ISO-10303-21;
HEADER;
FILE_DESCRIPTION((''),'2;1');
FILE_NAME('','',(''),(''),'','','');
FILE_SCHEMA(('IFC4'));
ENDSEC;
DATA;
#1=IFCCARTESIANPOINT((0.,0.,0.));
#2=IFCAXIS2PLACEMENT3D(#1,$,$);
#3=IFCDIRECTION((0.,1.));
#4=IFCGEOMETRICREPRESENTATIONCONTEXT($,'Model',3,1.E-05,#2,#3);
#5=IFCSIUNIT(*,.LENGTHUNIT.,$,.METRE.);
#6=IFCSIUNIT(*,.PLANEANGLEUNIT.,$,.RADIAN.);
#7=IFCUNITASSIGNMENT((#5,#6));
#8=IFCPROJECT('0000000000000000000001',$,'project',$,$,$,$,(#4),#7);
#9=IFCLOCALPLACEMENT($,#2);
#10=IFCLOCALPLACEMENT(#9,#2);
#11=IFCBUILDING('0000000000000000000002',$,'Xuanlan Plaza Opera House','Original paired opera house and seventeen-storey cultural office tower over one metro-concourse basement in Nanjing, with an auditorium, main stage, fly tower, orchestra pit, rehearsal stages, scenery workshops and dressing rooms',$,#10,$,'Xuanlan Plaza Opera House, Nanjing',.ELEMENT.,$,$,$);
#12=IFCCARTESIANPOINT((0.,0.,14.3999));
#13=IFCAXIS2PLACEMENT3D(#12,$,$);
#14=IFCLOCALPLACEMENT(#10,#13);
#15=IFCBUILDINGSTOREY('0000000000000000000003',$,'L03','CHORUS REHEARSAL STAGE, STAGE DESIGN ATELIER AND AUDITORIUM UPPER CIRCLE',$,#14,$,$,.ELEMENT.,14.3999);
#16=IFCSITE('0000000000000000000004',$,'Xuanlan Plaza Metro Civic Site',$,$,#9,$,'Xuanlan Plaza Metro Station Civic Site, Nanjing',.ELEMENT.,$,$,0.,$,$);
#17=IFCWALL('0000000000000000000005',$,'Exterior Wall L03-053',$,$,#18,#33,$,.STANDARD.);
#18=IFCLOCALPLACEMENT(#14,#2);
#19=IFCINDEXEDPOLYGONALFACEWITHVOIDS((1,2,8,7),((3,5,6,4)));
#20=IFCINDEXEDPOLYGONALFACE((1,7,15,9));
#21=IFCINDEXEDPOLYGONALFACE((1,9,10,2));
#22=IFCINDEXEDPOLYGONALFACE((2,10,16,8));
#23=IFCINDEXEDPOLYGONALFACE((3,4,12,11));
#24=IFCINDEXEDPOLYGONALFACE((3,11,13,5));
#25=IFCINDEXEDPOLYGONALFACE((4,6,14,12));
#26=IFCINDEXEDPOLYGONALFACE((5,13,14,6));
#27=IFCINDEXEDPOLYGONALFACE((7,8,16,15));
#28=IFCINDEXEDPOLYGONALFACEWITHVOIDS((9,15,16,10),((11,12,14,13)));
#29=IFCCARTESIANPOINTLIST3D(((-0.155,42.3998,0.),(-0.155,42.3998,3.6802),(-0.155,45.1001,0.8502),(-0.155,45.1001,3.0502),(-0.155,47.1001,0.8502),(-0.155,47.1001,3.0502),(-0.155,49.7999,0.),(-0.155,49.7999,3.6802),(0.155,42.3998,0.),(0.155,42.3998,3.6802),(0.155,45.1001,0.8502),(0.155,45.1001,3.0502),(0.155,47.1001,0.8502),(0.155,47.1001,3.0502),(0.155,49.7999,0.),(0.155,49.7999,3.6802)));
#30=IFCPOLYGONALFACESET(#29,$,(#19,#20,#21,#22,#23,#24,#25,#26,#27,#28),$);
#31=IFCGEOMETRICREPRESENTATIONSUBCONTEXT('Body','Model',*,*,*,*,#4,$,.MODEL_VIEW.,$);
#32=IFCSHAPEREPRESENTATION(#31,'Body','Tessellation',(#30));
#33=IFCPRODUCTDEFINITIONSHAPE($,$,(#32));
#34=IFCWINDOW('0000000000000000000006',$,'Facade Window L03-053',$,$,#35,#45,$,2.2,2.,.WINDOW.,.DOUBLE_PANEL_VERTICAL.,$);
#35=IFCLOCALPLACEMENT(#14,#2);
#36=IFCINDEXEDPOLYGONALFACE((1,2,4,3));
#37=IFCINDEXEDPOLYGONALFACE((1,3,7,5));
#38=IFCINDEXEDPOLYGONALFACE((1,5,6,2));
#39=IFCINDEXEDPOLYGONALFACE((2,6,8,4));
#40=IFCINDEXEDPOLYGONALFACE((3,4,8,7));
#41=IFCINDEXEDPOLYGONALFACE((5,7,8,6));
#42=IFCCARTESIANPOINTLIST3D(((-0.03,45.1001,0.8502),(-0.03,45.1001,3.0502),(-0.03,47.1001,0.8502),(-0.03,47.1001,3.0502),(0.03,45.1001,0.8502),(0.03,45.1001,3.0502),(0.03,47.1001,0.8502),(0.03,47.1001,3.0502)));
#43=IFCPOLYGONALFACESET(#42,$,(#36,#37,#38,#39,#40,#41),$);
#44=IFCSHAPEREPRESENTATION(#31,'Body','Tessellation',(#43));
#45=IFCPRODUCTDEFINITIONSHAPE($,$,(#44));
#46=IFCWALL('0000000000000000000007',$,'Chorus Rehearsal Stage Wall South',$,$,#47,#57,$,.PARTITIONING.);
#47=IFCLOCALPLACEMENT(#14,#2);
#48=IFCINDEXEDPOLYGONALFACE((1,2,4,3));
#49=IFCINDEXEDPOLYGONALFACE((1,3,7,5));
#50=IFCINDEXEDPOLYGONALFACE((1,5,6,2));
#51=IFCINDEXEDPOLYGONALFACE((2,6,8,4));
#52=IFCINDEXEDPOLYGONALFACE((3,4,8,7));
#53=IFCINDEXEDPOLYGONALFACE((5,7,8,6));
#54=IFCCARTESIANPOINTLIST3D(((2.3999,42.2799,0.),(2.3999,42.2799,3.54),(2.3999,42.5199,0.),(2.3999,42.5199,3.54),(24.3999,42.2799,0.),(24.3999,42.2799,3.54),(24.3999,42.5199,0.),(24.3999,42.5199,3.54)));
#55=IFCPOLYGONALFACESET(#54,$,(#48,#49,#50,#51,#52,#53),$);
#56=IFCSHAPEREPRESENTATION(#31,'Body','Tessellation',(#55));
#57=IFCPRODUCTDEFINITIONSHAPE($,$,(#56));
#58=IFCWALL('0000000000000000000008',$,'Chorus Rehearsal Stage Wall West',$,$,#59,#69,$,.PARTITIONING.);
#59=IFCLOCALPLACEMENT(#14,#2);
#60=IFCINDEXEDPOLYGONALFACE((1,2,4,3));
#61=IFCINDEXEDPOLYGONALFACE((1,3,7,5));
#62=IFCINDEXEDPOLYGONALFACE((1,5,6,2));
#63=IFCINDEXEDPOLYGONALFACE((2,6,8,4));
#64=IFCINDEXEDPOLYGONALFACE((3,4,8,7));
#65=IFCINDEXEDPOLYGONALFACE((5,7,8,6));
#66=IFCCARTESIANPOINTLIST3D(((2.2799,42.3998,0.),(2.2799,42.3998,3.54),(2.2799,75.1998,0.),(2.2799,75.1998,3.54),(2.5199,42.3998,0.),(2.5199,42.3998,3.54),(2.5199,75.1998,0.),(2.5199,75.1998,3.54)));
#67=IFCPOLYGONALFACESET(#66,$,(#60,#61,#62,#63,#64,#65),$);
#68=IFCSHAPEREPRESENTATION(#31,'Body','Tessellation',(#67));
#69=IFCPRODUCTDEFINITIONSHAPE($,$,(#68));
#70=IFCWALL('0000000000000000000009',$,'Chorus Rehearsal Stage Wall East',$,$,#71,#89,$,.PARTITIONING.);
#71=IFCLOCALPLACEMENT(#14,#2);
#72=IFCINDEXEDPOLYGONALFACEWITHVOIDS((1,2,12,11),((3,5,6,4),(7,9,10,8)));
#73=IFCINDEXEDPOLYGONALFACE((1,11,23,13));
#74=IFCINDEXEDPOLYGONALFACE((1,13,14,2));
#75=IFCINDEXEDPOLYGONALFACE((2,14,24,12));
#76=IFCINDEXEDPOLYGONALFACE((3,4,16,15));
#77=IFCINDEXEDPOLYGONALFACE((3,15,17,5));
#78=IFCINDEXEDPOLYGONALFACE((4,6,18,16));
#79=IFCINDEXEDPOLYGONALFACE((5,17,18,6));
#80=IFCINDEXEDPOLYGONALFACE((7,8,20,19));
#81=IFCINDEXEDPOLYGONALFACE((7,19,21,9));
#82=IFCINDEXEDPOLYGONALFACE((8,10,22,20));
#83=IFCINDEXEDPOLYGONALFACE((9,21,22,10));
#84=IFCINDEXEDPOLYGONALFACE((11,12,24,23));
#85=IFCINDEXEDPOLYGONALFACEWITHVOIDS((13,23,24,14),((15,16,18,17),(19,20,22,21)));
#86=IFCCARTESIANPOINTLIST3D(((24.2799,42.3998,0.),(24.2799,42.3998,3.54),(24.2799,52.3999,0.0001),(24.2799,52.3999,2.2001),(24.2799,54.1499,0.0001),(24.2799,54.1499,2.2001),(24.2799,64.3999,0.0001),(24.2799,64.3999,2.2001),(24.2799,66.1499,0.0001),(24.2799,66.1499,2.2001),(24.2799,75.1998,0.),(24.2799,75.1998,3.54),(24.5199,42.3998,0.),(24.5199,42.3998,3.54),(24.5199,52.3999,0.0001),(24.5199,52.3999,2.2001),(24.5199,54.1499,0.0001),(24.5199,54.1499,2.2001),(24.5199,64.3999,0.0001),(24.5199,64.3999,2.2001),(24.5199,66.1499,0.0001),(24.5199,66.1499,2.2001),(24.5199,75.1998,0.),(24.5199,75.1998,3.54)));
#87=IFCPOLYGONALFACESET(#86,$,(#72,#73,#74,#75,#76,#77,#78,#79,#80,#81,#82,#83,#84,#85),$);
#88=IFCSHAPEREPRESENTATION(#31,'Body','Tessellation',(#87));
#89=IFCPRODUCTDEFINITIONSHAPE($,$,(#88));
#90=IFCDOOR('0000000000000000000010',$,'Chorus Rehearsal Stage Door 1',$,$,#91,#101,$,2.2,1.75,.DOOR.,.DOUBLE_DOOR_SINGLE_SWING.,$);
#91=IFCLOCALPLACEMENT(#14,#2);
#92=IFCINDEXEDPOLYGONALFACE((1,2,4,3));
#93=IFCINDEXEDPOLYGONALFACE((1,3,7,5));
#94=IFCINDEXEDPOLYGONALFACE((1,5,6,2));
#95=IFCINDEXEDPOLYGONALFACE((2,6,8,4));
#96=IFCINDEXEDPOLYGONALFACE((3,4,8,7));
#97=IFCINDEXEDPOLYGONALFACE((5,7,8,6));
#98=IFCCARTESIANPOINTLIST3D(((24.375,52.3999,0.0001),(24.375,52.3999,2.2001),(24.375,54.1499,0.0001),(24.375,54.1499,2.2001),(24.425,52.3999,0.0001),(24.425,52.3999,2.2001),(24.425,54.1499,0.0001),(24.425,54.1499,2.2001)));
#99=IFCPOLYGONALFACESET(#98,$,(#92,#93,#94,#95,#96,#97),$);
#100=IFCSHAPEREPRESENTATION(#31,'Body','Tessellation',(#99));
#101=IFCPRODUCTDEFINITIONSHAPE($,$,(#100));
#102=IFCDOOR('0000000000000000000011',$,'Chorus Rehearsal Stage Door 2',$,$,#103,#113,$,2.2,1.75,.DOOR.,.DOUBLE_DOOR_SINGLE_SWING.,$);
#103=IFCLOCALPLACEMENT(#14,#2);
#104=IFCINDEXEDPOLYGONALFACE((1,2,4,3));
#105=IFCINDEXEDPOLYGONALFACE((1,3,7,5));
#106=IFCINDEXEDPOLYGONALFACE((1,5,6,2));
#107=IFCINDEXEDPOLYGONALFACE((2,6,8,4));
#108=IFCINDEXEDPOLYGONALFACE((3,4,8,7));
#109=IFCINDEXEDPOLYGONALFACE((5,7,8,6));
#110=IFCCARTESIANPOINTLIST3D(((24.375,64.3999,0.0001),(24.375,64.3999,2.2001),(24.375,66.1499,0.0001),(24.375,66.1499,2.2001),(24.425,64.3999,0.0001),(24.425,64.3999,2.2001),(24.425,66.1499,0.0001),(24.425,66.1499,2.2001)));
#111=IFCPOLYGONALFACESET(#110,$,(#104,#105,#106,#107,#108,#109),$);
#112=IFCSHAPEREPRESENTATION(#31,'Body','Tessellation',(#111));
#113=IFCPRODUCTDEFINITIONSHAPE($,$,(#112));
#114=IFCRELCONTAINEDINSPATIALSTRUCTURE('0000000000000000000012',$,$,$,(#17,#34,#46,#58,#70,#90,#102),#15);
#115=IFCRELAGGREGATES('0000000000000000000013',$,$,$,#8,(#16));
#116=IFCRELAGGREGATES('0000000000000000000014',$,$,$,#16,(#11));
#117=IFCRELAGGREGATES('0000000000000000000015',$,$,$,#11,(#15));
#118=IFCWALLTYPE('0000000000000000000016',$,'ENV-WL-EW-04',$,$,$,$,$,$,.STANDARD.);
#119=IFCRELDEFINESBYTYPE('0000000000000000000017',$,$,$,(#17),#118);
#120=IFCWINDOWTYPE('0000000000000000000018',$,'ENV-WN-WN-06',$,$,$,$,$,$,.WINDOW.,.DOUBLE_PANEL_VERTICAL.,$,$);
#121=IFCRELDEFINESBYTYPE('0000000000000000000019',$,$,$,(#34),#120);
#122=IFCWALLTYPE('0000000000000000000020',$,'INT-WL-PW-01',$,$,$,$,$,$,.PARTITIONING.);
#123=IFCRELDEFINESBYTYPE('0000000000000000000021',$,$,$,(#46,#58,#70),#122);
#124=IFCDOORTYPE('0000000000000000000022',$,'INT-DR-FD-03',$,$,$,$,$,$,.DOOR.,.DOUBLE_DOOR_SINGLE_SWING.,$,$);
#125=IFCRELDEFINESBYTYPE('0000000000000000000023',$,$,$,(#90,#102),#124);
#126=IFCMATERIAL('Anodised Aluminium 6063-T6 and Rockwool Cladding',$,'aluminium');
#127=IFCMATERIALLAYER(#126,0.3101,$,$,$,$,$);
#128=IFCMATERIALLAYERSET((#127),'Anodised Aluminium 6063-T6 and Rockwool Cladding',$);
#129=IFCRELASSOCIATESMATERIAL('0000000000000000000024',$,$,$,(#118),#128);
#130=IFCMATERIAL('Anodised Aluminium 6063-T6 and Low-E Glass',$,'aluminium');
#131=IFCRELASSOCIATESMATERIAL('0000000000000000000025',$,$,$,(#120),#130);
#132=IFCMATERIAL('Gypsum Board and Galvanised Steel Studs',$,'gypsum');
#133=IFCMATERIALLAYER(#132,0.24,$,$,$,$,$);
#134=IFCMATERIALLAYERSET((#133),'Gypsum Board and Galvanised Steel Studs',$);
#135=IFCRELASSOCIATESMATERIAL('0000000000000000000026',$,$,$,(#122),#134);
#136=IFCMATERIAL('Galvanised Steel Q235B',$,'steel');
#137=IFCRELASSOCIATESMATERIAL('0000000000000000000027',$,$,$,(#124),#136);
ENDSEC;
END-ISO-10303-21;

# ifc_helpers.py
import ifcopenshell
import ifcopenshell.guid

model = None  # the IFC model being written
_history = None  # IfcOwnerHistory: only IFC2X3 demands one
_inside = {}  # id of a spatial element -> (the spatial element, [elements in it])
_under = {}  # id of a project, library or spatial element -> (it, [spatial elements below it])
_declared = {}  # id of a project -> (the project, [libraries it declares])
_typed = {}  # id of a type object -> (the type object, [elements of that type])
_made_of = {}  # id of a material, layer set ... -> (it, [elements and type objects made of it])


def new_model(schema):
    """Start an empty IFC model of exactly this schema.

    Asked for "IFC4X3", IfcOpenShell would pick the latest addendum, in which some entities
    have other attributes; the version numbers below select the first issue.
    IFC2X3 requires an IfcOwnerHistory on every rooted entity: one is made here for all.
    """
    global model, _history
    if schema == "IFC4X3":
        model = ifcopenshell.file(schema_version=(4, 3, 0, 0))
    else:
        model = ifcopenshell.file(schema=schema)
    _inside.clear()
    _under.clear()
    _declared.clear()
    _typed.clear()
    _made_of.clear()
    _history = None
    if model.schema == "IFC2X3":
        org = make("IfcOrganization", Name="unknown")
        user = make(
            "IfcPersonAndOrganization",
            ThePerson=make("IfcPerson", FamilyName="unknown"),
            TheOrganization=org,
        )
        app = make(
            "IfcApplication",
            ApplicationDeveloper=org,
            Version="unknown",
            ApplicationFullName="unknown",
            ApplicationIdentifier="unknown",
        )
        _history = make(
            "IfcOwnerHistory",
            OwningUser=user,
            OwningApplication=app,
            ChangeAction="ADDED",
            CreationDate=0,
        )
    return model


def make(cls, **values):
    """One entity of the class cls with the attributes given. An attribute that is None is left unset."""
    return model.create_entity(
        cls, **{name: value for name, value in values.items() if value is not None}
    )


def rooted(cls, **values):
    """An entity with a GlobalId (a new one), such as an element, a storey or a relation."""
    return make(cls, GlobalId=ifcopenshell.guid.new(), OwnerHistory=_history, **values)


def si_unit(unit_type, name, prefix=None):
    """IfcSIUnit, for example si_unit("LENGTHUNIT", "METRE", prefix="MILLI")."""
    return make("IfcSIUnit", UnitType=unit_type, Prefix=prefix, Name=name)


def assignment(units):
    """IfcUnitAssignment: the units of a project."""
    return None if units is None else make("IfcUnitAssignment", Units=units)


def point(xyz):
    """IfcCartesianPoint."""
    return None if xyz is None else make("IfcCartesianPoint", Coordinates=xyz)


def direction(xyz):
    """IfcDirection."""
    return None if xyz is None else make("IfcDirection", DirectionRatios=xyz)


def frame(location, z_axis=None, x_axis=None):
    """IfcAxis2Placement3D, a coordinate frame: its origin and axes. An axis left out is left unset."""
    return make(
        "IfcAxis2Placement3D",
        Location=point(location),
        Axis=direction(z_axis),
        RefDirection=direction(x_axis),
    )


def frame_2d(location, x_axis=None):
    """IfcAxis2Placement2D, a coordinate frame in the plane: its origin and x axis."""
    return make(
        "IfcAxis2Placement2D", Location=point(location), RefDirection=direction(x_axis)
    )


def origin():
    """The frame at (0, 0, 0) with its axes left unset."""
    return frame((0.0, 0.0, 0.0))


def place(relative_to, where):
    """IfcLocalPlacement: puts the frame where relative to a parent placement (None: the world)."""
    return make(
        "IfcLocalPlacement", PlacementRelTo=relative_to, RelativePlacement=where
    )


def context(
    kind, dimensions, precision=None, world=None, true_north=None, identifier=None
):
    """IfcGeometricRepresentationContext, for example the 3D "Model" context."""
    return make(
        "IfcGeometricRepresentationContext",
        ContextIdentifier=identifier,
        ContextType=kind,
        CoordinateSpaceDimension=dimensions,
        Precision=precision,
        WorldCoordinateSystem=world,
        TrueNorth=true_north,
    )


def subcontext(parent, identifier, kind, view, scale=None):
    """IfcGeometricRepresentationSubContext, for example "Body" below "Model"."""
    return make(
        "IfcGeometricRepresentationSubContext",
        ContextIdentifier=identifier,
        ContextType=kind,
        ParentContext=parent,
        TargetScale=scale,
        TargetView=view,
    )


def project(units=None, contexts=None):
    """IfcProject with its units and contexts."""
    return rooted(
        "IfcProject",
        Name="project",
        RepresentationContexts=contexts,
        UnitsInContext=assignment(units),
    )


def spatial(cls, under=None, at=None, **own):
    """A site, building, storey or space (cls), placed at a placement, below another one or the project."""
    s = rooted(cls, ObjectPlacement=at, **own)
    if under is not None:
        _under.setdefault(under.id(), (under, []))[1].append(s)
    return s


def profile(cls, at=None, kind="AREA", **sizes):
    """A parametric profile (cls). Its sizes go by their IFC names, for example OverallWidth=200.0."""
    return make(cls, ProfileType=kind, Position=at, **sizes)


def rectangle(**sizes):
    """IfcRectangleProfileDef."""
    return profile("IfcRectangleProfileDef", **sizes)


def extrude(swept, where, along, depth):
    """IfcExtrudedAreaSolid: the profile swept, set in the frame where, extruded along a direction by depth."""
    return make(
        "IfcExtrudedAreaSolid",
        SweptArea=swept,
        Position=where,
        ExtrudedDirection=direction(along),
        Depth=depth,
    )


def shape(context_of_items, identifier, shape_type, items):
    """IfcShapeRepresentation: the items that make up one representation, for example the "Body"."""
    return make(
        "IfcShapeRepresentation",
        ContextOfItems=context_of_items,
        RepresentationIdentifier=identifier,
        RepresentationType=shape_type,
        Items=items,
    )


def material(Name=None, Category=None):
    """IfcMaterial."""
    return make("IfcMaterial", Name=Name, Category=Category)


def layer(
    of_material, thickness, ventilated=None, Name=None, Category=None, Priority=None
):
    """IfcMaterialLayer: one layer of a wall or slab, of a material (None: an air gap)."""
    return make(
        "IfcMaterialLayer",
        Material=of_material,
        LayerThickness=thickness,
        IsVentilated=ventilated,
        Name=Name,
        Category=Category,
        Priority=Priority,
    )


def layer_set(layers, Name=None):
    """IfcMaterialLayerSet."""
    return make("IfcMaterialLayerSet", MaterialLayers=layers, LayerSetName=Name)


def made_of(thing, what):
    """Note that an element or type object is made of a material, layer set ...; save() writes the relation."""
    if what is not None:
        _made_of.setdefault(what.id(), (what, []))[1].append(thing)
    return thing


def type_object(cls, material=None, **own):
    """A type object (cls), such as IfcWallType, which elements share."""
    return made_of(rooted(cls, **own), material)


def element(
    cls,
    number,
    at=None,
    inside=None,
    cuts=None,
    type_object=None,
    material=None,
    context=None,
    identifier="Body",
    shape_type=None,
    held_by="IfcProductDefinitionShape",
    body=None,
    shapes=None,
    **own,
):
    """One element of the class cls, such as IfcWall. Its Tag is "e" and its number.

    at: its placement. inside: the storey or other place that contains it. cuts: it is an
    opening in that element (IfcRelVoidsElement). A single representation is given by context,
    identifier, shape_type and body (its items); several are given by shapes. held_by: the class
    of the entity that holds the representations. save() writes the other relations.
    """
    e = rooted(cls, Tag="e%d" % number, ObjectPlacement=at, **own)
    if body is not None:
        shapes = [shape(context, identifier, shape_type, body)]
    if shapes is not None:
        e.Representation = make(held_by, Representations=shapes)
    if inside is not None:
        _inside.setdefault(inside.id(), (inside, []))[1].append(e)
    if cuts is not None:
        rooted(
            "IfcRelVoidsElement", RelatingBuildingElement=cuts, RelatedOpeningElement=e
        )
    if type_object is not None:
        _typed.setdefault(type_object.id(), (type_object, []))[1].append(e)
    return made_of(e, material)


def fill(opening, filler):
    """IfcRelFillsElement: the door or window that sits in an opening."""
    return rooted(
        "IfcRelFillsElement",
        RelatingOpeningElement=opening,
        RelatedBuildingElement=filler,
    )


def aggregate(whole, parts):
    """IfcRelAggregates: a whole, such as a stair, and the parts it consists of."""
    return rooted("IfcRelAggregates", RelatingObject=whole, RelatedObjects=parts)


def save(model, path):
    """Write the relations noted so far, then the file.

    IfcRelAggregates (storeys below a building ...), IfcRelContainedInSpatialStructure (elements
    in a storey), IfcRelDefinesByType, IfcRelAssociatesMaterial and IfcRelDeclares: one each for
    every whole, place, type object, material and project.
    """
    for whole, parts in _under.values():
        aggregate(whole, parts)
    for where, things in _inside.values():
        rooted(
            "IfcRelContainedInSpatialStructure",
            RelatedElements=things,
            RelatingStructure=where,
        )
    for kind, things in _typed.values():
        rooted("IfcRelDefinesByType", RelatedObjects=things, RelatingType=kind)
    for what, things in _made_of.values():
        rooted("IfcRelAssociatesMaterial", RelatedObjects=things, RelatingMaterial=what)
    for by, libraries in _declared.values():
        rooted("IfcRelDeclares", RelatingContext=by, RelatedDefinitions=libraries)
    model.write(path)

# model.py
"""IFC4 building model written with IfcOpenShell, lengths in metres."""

from ifc_helpers import new_model, si_unit, direction, frame, frame_2d, origin, place, context, subcontext, project, spatial, rectangle, extrude, material, layer, layer_set, type_object, element, fill, save


model = new_model("IFC4")

# Units and contexts
model_context = context("Model", 3, precision=1e-05, world=origin(), true_north=direction((0.0, 1.0)))
body_context = subcontext(model_context, "Body", "Model", "MODEL_VIEW")
ifc_project = project(units=[si_unit("LENGTHUNIT", "METRE"), si_unit("PLANEANGLEUNIT", "RADIAN")], contexts=[model_context])

# Site, building, storey
site_placement = place(None, origin())
site = spatial("IfcSite", under=ifc_project, at=site_placement, Name="Xuanlan Plaza Metro Civic Site", LongName="Xuanlan Plaza Metro Station Civic Site, Nanjing", CompositionType="ELEMENT", RefElevation=0.0)
building_placement = place(site_placement, origin())
building = spatial("IfcBuilding", under=site, at=building_placement, Name="Xuanlan Plaza Opera House", Description="Original paired opera house and seventeen-storey cultural office tower over one metro-concourse basement in Nanjing, with an auditorium, main stage, fly tower, orchestra pit, rehearsal stages, scenery workshops and dressing rooms", LongName="Xuanlan Plaza Opera House, Nanjing", CompositionType="ELEMENT")
storey_placement = place(building_placement, frame((0.0, 0.0, 14.3999)))
storey = spatial("IfcBuildingStorey", under=building, at=storey_placement, Name="L03", Description="CHORUS REHEARSAL STAGE, STAGE DESIGN ATELIER AND AUDITORIUM UPPER CIRCLE", CompositionType="ELEMENT", Elevation=14.3999)

# Shared definitions
ifc_material_1 = material(Name="Anodised Aluminium 6063-T6 and Low-E Glass", Category="aluminium")

# Wall, opening, window
ifc_material_2 = material(Name="Anodised Aluminium 6063-T6 and Rockwool Cladding", Category="aluminium")
ifc_layer_1 = layer(ifc_material_2, 0.3101)
ifc_layer_set_1 = layer_set([ifc_layer_1], Name="Anodised Aluminium 6063-T6 and Rockwool Cladding")
wall_type_1 = type_object("IfcWallType", Name="ENV-WL-EW-04", PredefinedType="STANDARD", material=ifc_layer_set_1)
wall_1_placement = place(storey_placement, frame((0.0, 49.8, 0.0), z_axis=(0.0, 0.0, 1.0), x_axis=(0.0, -1.0, 0.0)))
wall_1 = element("IfcWall", 1, at=wall_1_placement, inside=storey, type_object=wall_type_1, Name="Exterior Wall L03-053", PredefinedType="STANDARD", context=body_context, shape_type="SweptSolid", body=[
    extrude(rectangle(XDim=7.4001, YDim=0.3101, at=frame_2d((3.7002, 0.0))), origin(), (0.0, 0.0, 1.0), 3.6802),
])
opening_1_placement = place(wall_1_placement, frame((2.7, 0.0, 0.8501)))
opening_1 = element("IfcOpeningElement", 2, at=opening_1_placement, cuts=wall_1, PredefinedType="OPENING", context=body_context, shape_type="SweptSolid", body=[
    extrude(rectangle(XDim=2.0, YDim=2.2, at=frame_2d((1.0, 1.1001))), frame((0.0, 0.165, 0.0), z_axis=(0.0, -1.0, 0.0), x_axis=(1.0, 0.0, 0.0)), (0.0, 0.0, 1.0), 0.3301),
])
window_type_1 = type_object("IfcWindowType", Name="ENV-WN-WN-06", PartitioningType="DOUBLE_PANEL_VERTICAL", PredefinedType="WINDOW", material=ifc_material_1)
window_1_placement = place(opening_1_placement, origin())
window_1 = element("IfcWindow", 3, at=window_1_placement, inside=storey, type_object=window_type_1, Name="Facade Window L03-053", OverallHeight=2.2, OverallWidth=2.0, PartitioningType="DOUBLE_PANEL_VERTICAL", PredefinedType="WINDOW", context=body_context, shape_type="SweptSolid", body=[
    extrude(rectangle(XDim=2.0, YDim=2.2, at=frame_2d((1.0, 1.1001))), frame((0.0, 0.03, 0.0), z_axis=(0.0, -1.0, 0.0), x_axis=(1.0, 0.0, 0.0)), (0.0, 0.0, 1.0), 0.0601),
])
fill(opening_1, window_1)

# Walls
ifc_material_3 = material(Name="Gypsum Board and Galvanised Steel Studs", Category="gypsum")
ifc_layer_2 = layer(ifc_material_3, 0.24)
ifc_layer_set_2 = layer_set([ifc_layer_2], Name="Gypsum Board and Galvanised Steel Studs")
wall_type_2 = type_object("IfcWallType", Name="INT-WL-PW-01", PredefinedType="PARTITIONING", material=ifc_layer_set_2)
wall_2_placement = place(storey_placement, frame((2.3999, 42.3999, 0.0), z_axis=(0.0, 0.0, 1.0), x_axis=(1.0, 0.0, 0.0)))
element("IfcWall", 4, at=wall_2_placement, inside=storey, type_object=wall_type_2, Name="Chorus Rehearsal Stage Wall South", PredefinedType="PARTITIONING", context=body_context, shape_type="SweptSolid", body=[
    extrude(rectangle(XDim=22.0, YDim=0.24, at=frame_2d((11.0, 0.0))), origin(), (0.0, 0.0, 1.0), 3.54),
])
wall_3_placement = place(storey_placement, frame((2.3999, 42.3999, 0.0), z_axis=(0.0, 0.0, 1.0), x_axis=(0.0, 1.0, 0.0)))
element("IfcWall", 5, at=wall_3_placement, inside=storey, type_object=wall_type_2, Name="Chorus Rehearsal Stage Wall West", PredefinedType="PARTITIONING", context=body_context, shape_type="SweptSolid", body=[
    extrude(rectangle(XDim=32.8, YDim=0.24, at=frame_2d((16.3999, 0.0))), origin(), (0.0, 0.0, 1.0), 3.54),
])

# Wall, openings, doors
wall_4_placement = place(storey_placement, frame((24.3999, 42.3999, 0.0), z_axis=(0.0, 0.0, 1.0), x_axis=(0.0, 1.0, 0.0)))
wall_4 = element("IfcWall", 6, at=wall_4_placement, inside=storey, type_object=wall_type_2, Name="Chorus Rehearsal Stage Wall East", PredefinedType="PARTITIONING", context=body_context, shape_type="SweptSolid", body=[
    extrude(rectangle(XDim=32.8, YDim=0.24, at=frame_2d((16.3999, 0.0))), origin(), (0.0, 0.0, 1.0), 3.54),
])
opening_2_placement = place(wall_4_placement, frame((10.0, 0.0, 0.0)))
opening_2 = element("IfcOpeningElement", 7, at=opening_2_placement, cuts=wall_4, PredefinedType="OPENING", context=body_context, shape_type="SweptSolid", body=[
    extrude(rectangle(XDim=1.75, YDim=2.2, at=frame_2d((0.875, 1.1001))), frame((0.0, 0.1299, 0.0), z_axis=(0.0, -1.0, 0.0), x_axis=(1.0, 0.0, 0.0)), (0.0, 0.0, 1.0), 0.26),
])
opening_3_placement = place(wall_4_placement, frame((22.0, 0.0, 0.0)))
opening_3 = element("IfcOpeningElement", 8, at=opening_3_placement, cuts=wall_4, PredefinedType="OPENING", context=body_context, shape_type="SweptSolid", body=[
    extrude(rectangle(XDim=1.75, YDim=2.2, at=frame_2d((0.875, 1.1001))), frame((0.0, 0.1299, 0.0), z_axis=(0.0, -1.0, 0.0), x_axis=(1.0, 0.0, 0.0)), (0.0, 0.0, 1.0), 0.26),
])
ifc_material_4 = material(Name="Galvanised Steel Q235B", Category="steel")
door_type = type_object("IfcDoorType", Name="INT-DR-FD-03", OperationType="DOUBLE_DOOR_SINGLE_SWING", PredefinedType="DOOR", material=ifc_material_4)
door_1_placement = place(opening_2_placement, origin())
door_1 = element("IfcDoor", 9, at=door_1_placement, inside=storey, type_object=door_type, Name="Chorus Rehearsal Stage Door 1", OperationType="DOUBLE_DOOR_SINGLE_SWING", OverallHeight=2.2, OverallWidth=1.75, PredefinedType="DOOR", context=body_context, shape_type="SweptSolid", body=[
    extrude(rectangle(XDim=1.75, YDim=2.2, at=frame_2d((0.875, 1.1001))), frame((0.0, 0.0249, 0.0), z_axis=(0.0, -1.0, 0.0), x_axis=(1.0, 0.0, 0.0)), (0.0, 0.0, 1.0), 0.05),
])
fill(opening_2, door_1)
door_2_placement = place(opening_3_placement, origin())
door_2 = element("IfcDoor", 10, at=door_2_placement, inside=storey, type_object=door_type, Name="Chorus Rehearsal Stage Door 2", OperationType="DOUBLE_DOOR_SINGLE_SWING", OverallHeight=2.2, OverallWidth=1.75, PredefinedType="DOOR", context=body_context, shape_type="SweptSolid", body=[
    extrude(rectangle(XDim=1.75, YDim=2.2, at=frame_2d((0.875, 1.1001))), frame((0.0, 0.0249, 0.0), z_axis=(0.0, -1.0, 0.0), x_axis=(1.0, 0.0, 0.0)), (0.0, 0.0, 1.0), 0.05),
])
fill(opening_3, door_2)

save(model, "model.ifc")
